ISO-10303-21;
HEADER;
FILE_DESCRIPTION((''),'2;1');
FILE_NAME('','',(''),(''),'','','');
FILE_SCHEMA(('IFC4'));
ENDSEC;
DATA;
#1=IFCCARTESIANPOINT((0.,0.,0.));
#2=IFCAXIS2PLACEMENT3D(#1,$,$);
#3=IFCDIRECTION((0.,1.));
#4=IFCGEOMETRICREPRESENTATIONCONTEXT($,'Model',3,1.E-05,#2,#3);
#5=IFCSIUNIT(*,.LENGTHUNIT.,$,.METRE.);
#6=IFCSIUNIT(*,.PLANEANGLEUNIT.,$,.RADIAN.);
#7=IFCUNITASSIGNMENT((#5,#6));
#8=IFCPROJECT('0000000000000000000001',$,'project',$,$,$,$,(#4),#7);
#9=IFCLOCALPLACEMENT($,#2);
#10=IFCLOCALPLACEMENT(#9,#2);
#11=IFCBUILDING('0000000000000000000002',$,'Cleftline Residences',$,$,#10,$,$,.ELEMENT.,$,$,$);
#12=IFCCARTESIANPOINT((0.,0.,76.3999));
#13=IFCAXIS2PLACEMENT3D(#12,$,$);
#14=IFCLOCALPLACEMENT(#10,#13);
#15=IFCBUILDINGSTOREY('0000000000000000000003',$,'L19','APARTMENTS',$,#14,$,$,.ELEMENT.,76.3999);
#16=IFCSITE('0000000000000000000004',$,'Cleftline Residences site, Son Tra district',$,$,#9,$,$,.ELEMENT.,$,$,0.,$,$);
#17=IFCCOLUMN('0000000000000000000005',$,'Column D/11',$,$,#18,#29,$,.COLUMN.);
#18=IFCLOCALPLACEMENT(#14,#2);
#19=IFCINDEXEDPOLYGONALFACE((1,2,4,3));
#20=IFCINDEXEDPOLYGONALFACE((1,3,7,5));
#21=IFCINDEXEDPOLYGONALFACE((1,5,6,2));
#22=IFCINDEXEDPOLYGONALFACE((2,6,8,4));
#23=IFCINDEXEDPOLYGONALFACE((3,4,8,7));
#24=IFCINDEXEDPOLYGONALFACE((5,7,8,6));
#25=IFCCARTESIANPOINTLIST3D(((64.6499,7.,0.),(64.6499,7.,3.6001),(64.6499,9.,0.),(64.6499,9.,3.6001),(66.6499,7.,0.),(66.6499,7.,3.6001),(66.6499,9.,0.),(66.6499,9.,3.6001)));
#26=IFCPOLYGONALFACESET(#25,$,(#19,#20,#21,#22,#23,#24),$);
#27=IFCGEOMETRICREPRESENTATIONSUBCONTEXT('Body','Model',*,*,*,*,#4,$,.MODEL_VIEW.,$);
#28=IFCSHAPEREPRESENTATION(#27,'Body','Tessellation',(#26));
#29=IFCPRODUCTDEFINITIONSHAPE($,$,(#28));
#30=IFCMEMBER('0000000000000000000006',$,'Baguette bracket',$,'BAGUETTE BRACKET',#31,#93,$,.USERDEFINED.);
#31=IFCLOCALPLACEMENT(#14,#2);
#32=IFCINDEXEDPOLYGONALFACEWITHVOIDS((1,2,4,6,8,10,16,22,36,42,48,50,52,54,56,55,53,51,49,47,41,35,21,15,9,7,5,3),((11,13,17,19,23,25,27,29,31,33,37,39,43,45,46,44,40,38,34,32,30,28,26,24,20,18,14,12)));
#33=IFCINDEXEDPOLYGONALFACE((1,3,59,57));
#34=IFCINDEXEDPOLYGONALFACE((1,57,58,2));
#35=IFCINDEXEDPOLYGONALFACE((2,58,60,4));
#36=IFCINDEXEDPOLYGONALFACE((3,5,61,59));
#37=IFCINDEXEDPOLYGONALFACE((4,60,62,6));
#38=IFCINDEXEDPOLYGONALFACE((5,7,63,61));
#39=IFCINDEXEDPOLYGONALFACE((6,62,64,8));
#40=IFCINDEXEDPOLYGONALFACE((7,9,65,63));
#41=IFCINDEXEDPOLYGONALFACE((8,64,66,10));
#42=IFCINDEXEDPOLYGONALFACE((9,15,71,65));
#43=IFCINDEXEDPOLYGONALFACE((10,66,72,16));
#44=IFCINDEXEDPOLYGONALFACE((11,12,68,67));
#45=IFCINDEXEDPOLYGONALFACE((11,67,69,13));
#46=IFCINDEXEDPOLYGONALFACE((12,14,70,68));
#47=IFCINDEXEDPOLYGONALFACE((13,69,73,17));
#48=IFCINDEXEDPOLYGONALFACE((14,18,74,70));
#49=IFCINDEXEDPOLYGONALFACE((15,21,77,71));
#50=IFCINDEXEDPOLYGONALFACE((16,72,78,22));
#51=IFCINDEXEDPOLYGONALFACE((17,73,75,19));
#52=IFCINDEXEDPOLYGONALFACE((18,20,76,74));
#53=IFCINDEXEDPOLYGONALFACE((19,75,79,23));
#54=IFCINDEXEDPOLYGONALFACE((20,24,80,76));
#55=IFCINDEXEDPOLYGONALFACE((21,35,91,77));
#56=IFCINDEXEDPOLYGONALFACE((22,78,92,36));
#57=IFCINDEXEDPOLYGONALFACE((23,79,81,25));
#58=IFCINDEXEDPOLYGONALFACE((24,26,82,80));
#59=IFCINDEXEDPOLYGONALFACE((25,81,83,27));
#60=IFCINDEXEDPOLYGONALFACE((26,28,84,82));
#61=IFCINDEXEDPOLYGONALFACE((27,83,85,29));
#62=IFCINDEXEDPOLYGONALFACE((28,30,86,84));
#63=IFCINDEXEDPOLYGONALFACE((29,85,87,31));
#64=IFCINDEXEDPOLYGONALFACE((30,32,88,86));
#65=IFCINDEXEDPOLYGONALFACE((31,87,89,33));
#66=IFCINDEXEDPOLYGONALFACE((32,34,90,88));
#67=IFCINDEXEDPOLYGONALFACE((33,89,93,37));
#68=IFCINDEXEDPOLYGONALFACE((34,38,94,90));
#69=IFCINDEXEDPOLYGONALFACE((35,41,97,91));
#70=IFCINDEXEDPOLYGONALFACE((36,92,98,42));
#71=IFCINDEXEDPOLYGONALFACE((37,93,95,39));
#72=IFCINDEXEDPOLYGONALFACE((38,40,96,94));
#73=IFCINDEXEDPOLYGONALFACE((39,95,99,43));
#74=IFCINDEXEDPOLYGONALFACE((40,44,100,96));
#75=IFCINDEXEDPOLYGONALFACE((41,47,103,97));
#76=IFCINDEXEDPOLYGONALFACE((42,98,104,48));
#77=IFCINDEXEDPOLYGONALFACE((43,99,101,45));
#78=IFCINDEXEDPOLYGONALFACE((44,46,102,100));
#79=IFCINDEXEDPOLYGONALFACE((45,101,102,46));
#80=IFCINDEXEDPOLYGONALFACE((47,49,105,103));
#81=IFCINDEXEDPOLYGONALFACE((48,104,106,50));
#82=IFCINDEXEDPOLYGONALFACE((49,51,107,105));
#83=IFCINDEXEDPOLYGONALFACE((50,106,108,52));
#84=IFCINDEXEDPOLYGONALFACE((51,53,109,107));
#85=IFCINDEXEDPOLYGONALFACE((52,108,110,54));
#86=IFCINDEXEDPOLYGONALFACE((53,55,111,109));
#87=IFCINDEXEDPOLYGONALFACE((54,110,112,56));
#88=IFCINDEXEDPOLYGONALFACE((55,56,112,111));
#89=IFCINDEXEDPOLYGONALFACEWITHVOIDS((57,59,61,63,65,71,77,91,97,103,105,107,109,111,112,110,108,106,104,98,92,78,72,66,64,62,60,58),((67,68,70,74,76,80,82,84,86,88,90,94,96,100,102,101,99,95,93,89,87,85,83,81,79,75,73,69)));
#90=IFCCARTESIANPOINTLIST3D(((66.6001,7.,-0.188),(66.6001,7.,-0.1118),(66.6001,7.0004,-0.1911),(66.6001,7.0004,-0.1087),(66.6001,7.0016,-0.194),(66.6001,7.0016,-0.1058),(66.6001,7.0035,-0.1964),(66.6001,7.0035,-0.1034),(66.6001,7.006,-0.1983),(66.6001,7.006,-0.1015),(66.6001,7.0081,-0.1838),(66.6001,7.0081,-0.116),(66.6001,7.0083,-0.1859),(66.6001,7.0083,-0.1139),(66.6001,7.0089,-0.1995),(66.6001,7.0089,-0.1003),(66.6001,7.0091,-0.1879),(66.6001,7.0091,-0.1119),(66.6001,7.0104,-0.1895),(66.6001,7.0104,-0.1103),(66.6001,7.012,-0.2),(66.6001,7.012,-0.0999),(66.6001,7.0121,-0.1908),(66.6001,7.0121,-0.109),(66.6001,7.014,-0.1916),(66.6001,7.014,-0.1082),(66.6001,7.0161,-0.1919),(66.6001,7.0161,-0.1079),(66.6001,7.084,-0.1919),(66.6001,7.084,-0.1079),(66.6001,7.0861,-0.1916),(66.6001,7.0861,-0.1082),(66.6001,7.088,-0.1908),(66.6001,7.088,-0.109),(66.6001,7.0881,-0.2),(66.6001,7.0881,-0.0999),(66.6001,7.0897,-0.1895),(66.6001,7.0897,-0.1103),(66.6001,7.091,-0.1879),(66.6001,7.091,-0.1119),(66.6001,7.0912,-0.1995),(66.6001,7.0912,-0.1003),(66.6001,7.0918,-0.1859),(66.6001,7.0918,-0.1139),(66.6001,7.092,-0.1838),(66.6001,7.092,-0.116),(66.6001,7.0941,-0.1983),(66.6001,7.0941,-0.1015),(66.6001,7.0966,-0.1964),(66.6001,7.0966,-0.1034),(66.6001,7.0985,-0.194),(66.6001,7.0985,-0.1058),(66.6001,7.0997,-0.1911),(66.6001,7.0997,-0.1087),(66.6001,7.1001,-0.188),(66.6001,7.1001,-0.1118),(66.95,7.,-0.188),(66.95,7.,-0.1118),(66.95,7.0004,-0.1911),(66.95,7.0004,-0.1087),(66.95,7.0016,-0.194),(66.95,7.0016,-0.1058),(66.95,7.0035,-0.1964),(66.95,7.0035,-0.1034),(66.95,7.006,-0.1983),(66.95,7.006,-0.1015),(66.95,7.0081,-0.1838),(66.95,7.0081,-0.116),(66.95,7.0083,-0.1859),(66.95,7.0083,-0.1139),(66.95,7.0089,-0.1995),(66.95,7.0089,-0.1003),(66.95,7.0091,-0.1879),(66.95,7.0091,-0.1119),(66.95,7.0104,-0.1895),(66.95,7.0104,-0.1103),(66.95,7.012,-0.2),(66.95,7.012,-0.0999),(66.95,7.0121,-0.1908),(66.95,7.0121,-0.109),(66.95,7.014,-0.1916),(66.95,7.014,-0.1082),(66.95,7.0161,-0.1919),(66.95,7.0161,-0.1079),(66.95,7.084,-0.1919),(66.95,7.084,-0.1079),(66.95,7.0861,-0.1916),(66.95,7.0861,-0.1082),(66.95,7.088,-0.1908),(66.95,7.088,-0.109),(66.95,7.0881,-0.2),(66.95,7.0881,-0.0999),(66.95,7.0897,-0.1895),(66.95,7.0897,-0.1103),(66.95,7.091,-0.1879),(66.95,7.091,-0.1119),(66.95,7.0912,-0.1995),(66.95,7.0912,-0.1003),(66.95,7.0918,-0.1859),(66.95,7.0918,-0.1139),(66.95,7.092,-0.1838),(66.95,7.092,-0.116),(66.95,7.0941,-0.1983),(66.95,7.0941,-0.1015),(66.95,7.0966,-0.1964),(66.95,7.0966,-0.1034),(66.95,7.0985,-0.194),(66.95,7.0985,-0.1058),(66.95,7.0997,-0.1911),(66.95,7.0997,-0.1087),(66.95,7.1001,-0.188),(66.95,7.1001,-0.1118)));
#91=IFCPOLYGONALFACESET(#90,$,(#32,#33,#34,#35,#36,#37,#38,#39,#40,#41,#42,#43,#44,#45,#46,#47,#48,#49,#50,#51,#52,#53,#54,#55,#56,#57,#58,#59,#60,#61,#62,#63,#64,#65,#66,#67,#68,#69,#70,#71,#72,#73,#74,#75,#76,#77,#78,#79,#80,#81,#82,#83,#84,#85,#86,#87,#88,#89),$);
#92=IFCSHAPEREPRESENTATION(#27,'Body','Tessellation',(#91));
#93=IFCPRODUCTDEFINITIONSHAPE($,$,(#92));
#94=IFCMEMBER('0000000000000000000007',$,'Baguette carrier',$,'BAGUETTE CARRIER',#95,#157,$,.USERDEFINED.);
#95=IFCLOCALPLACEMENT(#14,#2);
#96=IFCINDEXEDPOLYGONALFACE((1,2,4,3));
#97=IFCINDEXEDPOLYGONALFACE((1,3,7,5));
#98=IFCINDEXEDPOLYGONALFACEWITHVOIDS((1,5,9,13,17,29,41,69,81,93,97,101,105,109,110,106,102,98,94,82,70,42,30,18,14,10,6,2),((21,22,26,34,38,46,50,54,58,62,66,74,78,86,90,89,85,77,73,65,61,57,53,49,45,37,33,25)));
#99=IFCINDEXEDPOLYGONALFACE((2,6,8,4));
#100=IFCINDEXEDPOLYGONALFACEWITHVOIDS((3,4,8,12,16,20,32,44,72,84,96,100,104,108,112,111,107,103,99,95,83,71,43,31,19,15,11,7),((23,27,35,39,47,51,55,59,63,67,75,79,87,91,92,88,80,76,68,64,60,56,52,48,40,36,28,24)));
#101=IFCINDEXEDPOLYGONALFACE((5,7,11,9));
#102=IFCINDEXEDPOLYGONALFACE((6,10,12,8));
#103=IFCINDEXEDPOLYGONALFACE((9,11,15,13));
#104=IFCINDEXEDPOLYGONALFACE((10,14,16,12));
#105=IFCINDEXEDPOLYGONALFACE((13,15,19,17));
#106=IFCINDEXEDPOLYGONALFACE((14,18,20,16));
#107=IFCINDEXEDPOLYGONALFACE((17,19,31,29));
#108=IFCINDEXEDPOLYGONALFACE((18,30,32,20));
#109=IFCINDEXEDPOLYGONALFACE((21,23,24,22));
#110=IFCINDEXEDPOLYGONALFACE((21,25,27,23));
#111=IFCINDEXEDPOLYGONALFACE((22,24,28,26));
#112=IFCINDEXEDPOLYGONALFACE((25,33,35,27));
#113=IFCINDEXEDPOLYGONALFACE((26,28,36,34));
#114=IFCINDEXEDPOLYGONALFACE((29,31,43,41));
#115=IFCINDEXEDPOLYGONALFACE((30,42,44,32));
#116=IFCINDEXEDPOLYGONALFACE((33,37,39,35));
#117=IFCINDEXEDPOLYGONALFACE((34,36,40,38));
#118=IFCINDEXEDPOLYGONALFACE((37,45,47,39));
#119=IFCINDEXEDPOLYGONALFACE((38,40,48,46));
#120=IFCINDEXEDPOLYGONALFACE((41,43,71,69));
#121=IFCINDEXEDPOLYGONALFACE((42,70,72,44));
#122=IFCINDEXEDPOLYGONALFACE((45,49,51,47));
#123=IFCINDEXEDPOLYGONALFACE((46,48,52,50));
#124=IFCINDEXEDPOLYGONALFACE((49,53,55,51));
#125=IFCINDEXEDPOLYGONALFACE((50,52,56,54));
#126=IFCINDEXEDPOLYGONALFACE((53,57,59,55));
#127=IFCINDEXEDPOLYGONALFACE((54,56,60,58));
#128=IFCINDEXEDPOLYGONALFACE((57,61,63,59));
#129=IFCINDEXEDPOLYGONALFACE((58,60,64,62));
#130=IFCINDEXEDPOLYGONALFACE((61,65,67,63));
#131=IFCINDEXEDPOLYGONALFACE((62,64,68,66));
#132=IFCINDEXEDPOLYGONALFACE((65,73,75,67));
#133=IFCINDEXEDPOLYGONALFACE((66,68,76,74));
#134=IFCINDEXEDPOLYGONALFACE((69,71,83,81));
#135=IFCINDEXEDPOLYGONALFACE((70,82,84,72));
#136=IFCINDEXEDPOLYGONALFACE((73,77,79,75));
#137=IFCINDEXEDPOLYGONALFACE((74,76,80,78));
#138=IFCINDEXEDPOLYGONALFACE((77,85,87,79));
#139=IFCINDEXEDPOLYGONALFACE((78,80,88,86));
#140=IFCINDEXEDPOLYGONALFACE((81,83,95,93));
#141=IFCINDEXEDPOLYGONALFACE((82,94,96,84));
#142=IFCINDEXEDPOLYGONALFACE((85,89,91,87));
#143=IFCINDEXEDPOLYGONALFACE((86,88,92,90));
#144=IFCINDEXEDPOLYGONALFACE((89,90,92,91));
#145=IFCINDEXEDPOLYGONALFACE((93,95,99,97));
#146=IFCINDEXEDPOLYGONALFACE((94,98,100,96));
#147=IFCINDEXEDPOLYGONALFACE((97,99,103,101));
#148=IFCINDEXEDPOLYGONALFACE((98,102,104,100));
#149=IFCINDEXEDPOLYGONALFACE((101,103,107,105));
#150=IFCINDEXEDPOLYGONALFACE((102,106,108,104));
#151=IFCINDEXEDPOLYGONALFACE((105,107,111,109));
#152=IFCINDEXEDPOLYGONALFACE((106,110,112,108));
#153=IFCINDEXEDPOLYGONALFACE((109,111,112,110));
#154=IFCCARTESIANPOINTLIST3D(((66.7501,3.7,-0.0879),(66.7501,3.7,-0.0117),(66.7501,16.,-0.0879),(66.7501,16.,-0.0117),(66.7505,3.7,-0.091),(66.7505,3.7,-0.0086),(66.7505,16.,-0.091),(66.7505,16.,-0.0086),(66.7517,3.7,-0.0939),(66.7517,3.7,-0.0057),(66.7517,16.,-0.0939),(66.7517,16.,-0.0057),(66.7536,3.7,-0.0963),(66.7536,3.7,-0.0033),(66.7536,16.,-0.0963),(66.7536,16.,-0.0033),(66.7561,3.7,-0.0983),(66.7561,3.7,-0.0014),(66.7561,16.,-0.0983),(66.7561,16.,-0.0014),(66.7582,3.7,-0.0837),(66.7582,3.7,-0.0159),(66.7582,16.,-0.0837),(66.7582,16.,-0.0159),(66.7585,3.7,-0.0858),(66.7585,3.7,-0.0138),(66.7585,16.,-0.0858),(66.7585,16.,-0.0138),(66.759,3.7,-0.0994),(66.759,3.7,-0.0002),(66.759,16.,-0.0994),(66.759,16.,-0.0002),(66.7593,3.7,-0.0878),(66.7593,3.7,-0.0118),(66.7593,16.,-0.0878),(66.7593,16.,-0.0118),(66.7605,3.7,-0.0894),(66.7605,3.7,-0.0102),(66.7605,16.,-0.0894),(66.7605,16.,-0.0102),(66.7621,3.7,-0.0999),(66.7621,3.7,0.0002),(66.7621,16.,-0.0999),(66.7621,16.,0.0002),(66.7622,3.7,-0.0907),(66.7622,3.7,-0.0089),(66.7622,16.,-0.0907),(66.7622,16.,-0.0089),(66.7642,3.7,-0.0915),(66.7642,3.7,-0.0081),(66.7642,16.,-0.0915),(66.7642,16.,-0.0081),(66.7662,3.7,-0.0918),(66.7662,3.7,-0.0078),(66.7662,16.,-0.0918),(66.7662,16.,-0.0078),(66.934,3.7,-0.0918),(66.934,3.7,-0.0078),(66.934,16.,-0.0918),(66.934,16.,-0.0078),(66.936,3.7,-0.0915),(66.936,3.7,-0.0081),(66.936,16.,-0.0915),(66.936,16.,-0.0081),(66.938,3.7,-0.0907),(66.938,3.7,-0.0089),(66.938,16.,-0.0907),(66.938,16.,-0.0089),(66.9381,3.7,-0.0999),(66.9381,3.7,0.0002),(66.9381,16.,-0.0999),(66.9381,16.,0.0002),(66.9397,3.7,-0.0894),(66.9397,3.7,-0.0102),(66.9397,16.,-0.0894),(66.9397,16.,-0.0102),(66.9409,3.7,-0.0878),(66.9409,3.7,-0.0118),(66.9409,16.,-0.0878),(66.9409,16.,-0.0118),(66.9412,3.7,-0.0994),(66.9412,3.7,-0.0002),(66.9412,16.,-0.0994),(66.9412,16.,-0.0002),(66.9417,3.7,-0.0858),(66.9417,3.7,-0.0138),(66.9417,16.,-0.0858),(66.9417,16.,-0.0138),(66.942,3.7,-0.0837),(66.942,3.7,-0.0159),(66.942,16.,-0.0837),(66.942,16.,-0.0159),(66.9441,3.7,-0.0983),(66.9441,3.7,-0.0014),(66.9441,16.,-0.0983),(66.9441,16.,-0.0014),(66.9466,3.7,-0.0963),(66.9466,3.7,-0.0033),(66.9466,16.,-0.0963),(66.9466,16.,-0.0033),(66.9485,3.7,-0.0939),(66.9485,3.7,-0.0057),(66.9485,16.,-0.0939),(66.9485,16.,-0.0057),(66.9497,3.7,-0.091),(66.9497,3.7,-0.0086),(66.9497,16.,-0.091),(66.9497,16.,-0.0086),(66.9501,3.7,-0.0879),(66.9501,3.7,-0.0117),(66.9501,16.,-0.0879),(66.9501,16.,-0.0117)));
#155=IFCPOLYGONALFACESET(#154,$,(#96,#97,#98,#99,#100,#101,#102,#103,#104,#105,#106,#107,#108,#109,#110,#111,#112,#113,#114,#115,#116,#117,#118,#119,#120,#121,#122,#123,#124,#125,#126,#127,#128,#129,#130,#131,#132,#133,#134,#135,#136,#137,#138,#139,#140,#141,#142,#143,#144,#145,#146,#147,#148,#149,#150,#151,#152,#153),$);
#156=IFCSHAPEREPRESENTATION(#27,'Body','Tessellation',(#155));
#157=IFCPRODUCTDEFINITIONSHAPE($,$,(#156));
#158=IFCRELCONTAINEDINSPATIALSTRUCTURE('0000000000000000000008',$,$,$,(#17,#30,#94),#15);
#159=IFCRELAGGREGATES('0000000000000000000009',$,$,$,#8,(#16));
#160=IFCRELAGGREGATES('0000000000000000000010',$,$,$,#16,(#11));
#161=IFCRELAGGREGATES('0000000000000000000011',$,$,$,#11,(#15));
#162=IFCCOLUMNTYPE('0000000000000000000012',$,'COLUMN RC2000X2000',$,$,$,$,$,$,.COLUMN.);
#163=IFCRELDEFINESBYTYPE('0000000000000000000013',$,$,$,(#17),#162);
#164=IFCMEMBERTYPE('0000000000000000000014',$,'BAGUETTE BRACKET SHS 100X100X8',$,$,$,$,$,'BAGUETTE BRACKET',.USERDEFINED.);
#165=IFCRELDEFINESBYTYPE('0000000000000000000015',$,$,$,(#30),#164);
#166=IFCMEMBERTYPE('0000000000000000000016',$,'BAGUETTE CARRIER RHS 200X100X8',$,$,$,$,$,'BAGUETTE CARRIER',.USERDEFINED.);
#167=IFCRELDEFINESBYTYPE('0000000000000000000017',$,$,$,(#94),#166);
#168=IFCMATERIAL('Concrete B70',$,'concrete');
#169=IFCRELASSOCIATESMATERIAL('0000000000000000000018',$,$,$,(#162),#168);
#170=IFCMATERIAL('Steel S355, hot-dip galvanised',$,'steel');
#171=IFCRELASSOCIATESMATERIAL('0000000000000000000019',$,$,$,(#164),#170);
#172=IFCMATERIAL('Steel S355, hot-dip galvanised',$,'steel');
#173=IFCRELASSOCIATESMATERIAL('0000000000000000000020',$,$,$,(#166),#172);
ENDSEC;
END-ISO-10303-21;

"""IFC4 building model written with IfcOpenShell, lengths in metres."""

from ifc_helpers import new_model, si_unit, direction, frame, origin, origin_2d, place, context, subcontext, project, spatial, rectangle, hollow_rectangle, extrude, material, material_profile, profile_set, type_object, element, save


model = new_model("IFC4")

# Units and contexts
model_context = context("Model", 3, precision=1e-05, world=origin(), true_north=direction((0.0, 1.0)))
body_context = subcontext(model_context, "Body", "Model", "MODEL_VIEW")
ifc_project = project(units=[si_unit("LENGTHUNIT", "METRE"), si_unit("PLANEANGLEUNIT", "RADIAN")], contexts=[model_context])

# Site, building, storey
site_placement = place(None, origin())
site = spatial("IfcSite", under=ifc_project, at=site_placement, Name="Cleftline Residences site, Son Tra district", CompositionType="ELEMENT", RefElevation=0.0)
building_placement = place(site_placement, origin())
building = spatial("IfcBuilding", under=site, at=building_placement, Name="Cleftline Residences", CompositionType="ELEMENT")
storey_placement = place(building_placement, frame((0.0, 0.0, 76.3999)))
storey = spatial("IfcBuildingStorey", under=building, at=storey_placement, Name="L19", Description="APARTMENTS", CompositionType="ELEMENT", Elevation=76.3999)

# Column
ifc_material_1 = material(Name="Concrete B70", Category="concrete")
ifc_material_profile_1 = material_profile(ifc_material_1, rectangle(XDim=2.0, YDim=2.0, at=origin_2d()))
ifc_profile_set_1 = profile_set([ifc_material_profile_1], Name="Concrete B70")
column_type = type_object("IfcColumnType", Name="COLUMN RC2000X2000", PredefinedType="COLUMN", material=ifc_profile_set_1)
column_placement = place(storey_placement, frame((65.6499, 8.0, 0.0), z_axis=(0.0, 0.0, 1.0), x_axis=(1.0, 0.0, 0.0)))
element("IfcColumn", 1, at=column_placement, inside=storey, type_object=column_type, Name="Column D/11", PredefinedType="COLUMN", context=body_context, shape_type="SweptSolid", body=[
    extrude(rectangle(XDim=2.0, YDim=2.0, at=origin_2d()), origin(), (0.0, 0.0, 1.0), 3.6001),
])

# Members
ifc_material_2 = material(Name="Steel S355, hot-dip galvanised", Category="steel")
ifc_material_profile_2 = material_profile(ifc_material_2, hollow_rectangle(XDim=0.1001, YDim=0.1001, WallThickness=0.0081, InnerFilletRadius=0.0081, OuterFilletRadius=0.012, at=origin_2d()))
ifc_profile_set_2 = profile_set([ifc_material_profile_2], Name="Steel S355, hot-dip galvanised")
member_type_1 = type_object("IfcMemberType", Name="BAGUETTE BRACKET SHS 100X100X8", ElementType="BAGUETTE BRACKET", PredefinedType="USERDEFINED", material=ifc_profile_set_2)
member_1_placement = place(storey_placement, frame((66.6001, 7.05, -0.1499), z_axis=(1.0, 0.0, 0.0), x_axis=(0.0, 1.0, 0.0)))
element("IfcMember", 2, at=member_1_placement, inside=storey, type_object=member_type_1, Name="Baguette bracket", ObjectType="BAGUETTE BRACKET", PredefinedType="USERDEFINED", context=body_context, shape_type="SweptSolid", body=[
    extrude(hollow_rectangle(XDim=0.1001, YDim=0.1001, WallThickness=0.0081, InnerFilletRadius=0.0081, OuterFilletRadius=0.012, at=origin_2d()), origin(), (0.0, 0.0, 1.0), 0.3499),
])
ifc_material_3 = material(Name="Steel S355, hot-dip galvanised", Category="steel")
ifc_material_profile_3 = material_profile(ifc_material_3, hollow_rectangle(XDim=0.1001, YDim=0.2, WallThickness=0.0081, InnerFilletRadius=0.0081, OuterFilletRadius=0.012, at=origin_2d()))
ifc_profile_set_3 = profile_set([ifc_material_profile_3], Name="Steel S355, hot-dip galvanised")
member_type_2 = type_object("IfcMemberType", Name="BAGUETTE CARRIER RHS 200X100X8", ElementType="BAGUETTE CARRIER", PredefinedType="USERDEFINED", material=ifc_profile_set_3)
member_2_placement = place(storey_placement, frame((66.8501, 3.7, -0.0498), z_axis=(0.0, 1.0, 0.0), x_axis=(0.0, 0.0, 1.0)))
element("IfcMember", 3, at=member_2_placement, inside=storey, type_object=member_type_2, Name="Baguette carrier", ObjectType="BAGUETTE CARRIER", PredefinedType="USERDEFINED", context=body_context, shape_type="SweptSolid", body=[
    extrude(hollow_rectangle(XDim=0.1001, YDim=0.2, WallThickness=0.0081, InnerFilletRadius=0.0081, OuterFilletRadius=0.012, at=origin_2d()), origin(), (0.0, 0.0, 1.0), 12.3),
])

save(model, "model.ifc")
